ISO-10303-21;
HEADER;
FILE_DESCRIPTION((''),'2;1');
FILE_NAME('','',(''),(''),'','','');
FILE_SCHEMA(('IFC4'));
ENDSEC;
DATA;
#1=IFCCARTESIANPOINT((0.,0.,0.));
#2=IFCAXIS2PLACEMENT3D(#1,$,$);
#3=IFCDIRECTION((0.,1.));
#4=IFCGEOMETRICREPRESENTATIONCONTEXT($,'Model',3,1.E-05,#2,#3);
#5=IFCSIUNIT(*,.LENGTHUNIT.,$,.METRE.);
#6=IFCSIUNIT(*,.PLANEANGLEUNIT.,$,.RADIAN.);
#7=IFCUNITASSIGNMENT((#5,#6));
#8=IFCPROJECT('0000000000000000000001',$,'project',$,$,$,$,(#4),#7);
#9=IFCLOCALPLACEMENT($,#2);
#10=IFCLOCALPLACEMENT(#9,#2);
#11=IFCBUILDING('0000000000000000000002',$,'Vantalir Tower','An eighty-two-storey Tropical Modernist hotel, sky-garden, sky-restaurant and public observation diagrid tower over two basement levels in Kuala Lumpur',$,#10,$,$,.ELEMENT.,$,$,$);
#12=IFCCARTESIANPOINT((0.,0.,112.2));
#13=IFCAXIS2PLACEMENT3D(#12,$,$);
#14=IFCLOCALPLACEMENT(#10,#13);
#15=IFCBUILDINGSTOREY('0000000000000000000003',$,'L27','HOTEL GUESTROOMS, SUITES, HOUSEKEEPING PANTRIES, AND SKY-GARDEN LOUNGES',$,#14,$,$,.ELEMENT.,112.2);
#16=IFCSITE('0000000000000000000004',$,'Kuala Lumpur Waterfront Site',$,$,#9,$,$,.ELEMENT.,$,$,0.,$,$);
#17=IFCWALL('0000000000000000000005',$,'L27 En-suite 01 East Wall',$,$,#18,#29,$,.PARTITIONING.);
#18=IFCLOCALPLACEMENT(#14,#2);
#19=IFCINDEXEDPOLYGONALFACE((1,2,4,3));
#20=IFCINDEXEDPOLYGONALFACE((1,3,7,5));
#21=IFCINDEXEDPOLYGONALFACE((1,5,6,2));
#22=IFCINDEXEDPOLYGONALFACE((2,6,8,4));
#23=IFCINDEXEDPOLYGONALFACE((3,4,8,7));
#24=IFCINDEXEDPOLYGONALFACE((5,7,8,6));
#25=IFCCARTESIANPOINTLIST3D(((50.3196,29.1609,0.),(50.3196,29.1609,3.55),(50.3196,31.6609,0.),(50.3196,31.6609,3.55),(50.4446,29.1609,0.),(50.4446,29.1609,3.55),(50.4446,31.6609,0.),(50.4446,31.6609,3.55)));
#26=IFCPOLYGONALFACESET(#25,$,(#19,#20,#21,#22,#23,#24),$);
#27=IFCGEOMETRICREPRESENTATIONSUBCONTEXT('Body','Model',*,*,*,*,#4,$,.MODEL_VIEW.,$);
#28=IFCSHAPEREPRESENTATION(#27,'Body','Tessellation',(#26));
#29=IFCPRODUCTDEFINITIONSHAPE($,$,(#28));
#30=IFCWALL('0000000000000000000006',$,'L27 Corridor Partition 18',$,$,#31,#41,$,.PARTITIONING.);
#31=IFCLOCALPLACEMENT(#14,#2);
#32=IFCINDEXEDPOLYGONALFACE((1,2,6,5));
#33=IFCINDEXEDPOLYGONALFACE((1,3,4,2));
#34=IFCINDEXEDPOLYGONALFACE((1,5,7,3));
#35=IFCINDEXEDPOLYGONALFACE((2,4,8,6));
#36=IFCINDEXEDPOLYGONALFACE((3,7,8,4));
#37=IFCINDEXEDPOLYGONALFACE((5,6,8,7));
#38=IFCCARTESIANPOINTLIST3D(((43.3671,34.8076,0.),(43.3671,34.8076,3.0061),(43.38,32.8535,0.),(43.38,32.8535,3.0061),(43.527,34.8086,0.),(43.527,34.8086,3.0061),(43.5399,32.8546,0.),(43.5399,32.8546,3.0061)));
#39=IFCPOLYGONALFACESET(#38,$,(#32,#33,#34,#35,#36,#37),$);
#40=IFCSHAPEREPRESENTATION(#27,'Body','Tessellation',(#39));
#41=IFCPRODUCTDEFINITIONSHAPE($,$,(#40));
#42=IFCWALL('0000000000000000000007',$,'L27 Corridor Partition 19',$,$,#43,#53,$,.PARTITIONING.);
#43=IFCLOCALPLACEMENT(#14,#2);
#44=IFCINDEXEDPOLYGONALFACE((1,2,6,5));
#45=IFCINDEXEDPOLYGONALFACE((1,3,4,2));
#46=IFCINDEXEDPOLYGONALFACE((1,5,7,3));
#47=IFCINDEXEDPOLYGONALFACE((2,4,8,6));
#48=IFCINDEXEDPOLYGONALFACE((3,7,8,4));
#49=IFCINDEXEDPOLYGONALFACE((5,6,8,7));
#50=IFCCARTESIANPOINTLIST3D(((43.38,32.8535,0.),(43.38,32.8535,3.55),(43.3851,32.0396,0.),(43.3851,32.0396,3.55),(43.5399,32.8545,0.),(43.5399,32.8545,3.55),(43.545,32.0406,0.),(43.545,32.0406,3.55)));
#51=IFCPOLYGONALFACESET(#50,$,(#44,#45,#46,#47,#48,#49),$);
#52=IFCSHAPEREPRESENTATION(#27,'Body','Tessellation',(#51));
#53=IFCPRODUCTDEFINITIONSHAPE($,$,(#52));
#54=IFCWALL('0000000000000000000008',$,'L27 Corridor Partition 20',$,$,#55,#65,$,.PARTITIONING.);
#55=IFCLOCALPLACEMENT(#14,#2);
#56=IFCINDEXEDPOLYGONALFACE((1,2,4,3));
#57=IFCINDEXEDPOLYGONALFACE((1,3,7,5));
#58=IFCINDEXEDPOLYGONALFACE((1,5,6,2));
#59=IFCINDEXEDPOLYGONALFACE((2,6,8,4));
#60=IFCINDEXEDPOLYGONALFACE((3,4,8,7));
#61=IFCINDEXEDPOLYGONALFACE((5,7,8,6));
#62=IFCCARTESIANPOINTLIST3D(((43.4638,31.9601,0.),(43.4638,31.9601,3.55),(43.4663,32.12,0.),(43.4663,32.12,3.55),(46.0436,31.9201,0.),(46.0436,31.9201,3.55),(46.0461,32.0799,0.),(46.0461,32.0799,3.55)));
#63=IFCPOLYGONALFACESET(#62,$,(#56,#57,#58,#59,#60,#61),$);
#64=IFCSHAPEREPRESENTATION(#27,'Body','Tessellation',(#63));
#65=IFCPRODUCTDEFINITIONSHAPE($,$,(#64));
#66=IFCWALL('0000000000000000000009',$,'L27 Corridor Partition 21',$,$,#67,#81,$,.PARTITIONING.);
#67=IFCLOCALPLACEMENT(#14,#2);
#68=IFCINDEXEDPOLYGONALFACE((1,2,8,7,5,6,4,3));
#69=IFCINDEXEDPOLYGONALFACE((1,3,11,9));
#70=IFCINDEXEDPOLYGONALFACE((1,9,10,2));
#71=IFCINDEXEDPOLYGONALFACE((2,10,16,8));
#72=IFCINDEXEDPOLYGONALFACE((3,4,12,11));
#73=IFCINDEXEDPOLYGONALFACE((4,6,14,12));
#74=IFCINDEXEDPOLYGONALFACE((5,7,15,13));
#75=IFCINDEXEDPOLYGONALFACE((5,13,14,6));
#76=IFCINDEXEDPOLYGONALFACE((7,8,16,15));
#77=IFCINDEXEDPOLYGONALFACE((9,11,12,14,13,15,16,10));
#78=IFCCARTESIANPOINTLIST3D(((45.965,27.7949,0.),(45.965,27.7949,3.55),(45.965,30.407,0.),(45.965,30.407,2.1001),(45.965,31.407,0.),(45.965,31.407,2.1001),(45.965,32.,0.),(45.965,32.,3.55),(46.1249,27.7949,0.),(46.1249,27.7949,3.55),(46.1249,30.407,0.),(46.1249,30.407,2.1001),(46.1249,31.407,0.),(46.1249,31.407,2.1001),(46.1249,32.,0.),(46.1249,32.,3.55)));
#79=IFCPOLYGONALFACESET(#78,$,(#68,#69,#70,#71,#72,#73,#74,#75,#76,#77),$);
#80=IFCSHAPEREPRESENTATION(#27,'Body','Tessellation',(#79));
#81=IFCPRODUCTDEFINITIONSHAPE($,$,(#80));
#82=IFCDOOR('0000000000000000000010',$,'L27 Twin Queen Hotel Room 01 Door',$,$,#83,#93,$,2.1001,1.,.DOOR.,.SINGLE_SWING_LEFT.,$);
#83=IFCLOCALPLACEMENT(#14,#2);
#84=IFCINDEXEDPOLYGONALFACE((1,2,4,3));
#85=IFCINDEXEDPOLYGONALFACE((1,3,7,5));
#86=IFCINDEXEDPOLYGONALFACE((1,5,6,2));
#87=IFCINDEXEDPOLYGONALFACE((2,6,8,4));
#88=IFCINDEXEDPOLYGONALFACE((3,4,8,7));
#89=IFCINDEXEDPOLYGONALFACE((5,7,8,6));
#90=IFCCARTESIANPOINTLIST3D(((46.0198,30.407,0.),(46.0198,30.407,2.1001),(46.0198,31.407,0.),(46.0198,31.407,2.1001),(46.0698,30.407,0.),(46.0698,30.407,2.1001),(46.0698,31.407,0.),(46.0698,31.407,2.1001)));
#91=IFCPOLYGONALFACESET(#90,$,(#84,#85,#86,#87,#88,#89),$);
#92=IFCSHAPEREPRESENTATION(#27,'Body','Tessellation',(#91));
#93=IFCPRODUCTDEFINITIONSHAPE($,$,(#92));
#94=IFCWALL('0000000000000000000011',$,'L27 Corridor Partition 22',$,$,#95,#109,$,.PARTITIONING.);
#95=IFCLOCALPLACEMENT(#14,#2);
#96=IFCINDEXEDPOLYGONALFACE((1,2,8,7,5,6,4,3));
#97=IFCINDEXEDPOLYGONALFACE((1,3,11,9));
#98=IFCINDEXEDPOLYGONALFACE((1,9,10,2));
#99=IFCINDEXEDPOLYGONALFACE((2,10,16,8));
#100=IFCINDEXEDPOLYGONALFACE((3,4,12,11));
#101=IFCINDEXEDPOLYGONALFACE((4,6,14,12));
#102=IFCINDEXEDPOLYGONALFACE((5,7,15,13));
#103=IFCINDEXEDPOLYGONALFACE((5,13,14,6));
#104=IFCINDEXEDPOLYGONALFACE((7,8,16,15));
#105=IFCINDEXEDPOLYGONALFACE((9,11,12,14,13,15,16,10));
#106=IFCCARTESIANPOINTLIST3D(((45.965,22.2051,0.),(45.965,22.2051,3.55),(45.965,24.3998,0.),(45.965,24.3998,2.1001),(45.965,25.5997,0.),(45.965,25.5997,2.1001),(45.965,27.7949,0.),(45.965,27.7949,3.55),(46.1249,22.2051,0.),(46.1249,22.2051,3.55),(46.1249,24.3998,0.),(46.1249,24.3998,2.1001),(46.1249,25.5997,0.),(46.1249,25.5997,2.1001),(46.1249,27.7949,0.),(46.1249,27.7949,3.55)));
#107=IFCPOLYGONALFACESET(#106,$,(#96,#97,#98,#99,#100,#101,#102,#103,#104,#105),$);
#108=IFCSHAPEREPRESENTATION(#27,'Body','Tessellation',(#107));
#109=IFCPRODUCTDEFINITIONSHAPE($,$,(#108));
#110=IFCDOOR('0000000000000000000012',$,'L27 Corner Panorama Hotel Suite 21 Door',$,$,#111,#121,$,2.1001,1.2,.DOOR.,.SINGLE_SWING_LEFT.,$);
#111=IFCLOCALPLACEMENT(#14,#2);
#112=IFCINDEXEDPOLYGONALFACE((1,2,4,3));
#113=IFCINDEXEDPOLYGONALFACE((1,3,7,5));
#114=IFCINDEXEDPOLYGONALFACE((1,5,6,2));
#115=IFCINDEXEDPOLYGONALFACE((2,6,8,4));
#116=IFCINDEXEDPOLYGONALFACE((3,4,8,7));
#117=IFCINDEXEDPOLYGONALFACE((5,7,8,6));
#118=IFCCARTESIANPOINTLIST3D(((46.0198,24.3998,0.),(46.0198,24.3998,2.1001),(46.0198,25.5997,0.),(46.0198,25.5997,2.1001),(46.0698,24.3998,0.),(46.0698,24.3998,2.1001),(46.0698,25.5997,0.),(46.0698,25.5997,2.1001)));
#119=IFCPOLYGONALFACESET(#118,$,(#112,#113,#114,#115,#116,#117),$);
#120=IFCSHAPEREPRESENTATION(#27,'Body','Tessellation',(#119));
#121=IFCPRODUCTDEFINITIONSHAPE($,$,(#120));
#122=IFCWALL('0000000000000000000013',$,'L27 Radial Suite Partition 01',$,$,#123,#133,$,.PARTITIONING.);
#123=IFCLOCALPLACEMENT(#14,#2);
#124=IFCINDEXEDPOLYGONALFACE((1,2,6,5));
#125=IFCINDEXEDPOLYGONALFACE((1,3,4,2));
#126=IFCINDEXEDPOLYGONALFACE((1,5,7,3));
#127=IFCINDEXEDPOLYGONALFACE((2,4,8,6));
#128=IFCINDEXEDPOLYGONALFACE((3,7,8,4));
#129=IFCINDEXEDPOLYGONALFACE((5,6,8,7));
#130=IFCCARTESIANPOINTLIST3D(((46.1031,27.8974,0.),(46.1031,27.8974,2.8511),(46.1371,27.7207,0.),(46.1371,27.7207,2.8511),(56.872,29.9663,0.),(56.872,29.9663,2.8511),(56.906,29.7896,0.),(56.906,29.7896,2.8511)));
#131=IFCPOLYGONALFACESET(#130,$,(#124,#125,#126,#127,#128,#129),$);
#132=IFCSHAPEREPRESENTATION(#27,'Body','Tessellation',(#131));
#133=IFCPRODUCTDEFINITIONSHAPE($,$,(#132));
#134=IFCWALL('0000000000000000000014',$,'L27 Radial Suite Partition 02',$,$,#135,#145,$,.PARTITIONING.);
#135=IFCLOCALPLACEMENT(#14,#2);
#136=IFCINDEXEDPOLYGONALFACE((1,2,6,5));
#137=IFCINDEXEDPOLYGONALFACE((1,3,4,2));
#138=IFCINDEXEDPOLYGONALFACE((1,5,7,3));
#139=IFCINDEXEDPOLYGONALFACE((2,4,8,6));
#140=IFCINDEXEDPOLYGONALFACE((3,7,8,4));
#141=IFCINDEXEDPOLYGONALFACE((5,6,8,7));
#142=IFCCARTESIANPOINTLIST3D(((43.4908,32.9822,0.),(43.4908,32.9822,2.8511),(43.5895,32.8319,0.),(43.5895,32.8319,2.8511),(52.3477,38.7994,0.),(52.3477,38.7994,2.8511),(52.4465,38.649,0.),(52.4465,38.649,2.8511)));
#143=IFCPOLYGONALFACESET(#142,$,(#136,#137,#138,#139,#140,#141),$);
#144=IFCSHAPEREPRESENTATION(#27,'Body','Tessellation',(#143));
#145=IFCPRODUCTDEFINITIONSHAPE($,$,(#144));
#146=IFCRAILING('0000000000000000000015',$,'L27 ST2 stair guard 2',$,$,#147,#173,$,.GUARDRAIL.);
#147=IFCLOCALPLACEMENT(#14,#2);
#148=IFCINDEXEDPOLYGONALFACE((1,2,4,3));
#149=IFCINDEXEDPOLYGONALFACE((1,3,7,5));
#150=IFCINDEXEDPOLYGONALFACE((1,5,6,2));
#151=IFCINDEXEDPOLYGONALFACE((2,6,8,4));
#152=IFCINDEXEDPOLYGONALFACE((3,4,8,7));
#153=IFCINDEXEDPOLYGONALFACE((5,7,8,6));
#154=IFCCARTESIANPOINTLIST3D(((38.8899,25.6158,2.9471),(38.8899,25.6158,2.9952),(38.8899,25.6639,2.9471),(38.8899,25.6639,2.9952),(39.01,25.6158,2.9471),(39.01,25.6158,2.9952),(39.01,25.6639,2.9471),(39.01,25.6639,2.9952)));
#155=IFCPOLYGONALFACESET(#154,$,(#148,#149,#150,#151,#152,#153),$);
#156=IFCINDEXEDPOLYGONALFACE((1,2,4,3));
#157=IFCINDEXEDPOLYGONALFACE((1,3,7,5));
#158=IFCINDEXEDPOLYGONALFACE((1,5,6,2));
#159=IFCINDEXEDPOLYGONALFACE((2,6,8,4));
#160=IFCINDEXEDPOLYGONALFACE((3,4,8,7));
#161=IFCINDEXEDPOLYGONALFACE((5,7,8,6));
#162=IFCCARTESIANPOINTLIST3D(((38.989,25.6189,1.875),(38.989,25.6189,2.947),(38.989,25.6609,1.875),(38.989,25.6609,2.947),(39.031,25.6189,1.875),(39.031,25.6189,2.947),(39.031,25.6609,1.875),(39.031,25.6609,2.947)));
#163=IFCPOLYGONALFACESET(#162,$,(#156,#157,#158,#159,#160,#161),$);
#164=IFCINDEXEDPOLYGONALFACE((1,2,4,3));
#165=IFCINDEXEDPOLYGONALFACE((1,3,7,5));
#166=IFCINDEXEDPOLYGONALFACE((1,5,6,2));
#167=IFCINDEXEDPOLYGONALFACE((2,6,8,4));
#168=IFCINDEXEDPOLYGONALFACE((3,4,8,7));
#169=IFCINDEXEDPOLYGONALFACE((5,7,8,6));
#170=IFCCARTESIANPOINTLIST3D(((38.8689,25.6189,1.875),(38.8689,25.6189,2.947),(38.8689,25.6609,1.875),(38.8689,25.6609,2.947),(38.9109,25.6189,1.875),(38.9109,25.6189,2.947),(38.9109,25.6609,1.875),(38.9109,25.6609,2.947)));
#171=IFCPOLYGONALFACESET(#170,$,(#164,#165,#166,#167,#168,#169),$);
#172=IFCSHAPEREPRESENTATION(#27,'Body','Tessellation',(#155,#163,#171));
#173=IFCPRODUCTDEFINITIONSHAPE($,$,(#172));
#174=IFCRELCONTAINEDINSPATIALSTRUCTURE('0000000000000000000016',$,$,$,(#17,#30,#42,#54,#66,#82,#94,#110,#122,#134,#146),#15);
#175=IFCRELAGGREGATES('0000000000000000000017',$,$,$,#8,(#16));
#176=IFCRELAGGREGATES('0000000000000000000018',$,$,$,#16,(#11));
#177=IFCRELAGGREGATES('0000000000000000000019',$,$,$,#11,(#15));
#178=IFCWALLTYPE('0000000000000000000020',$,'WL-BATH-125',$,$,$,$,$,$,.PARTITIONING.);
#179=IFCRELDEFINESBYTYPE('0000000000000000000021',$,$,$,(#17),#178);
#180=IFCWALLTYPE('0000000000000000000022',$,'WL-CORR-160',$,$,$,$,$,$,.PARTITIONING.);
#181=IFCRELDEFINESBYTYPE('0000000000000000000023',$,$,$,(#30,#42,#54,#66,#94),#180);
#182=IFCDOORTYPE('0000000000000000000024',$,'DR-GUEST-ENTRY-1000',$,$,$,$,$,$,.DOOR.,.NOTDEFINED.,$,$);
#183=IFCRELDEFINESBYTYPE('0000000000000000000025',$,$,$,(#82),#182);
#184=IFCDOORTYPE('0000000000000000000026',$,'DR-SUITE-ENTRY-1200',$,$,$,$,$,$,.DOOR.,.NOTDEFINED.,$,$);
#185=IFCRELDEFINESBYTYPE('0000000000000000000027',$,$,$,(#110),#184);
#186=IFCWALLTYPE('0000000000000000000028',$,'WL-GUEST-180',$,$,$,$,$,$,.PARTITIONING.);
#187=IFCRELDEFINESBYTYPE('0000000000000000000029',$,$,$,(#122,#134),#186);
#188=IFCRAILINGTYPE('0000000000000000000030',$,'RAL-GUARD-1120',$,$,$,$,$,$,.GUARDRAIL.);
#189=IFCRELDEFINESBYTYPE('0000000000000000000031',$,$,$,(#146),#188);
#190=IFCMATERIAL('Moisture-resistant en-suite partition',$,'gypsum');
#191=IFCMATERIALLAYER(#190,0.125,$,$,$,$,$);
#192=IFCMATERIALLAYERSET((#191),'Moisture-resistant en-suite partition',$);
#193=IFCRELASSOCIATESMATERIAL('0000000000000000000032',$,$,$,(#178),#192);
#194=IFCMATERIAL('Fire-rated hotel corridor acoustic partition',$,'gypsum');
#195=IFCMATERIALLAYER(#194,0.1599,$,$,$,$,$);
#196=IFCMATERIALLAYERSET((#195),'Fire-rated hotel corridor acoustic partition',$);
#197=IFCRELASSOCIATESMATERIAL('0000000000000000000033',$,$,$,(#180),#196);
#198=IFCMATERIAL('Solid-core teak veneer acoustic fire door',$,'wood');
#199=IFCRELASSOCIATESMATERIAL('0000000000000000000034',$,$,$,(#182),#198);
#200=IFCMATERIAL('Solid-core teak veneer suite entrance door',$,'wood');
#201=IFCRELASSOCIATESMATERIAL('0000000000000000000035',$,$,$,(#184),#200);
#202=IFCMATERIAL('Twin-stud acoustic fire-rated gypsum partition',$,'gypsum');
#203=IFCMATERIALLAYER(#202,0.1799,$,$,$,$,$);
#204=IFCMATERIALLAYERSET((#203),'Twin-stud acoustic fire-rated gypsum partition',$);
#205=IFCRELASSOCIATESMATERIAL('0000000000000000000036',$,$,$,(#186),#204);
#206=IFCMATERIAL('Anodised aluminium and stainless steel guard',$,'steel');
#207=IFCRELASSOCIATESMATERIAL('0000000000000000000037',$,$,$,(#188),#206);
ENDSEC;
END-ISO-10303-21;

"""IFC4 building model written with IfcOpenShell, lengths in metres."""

from ifc_helpers import new_model, si_unit, direction, frame, frame_2d, origin, origin_2d, place, context, subcontext, project, spatial, rectangle, extrude, material, layer, layer_set, type_object, element, fill, save


model = new_model("IFC4")

# Units and contexts
model_context = context("Model", 3, precision=1e-05, world=origin(), true_north=direction((0.0, 1.0)))
body_context = subcontext(model_context, "Body", "Model", "MODEL_VIEW")
ifc_project = project(units=[si_unit("LENGTHUNIT", "METRE"), si_unit("PLANEANGLEUNIT", "RADIAN")], contexts=[model_context])

# Site, building, storey
site_placement = place(None, origin())
site = spatial("IfcSite", under=ifc_project, at=site_placement, Name="Kuala Lumpur Waterfront Site", CompositionType="ELEMENT", RefElevation=0.0)
building_placement = place(site_placement, origin())
building = spatial("IfcBuilding", under=site, at=building_placement, Name="Vantalir Tower", Description="An eighty-two-storey Tropical Modernist hotel, sky-garden, sky-restaurant and public observation diagrid tower over two basement levels in Kuala Lumpur", CompositionType="ELEMENT")
storey_placement = place(building_placement, frame((0.0, 0.0, 112.2)))
storey = spatial("IfcBuildingStorey", under=building, at=storey_placement, Name="L27", Description="HOTEL GUESTROOMS, SUITES, HOUSEKEEPING PANTRIES, AND SKY-GARDEN LOUNGES", CompositionType="ELEMENT", Elevation=112.2)

# Shared definitions
ifc_material_1 = material(Name="Moisture-resistant en-suite partition", Category="gypsum")
ifc_layer_1 = layer(ifc_material_1, 0.125)
ifc_layer_set_1 = layer_set([ifc_layer_1], Name="Moisture-resistant en-suite partition")
wall_type_1 = type_object("IfcWallType", Name="WL-BATH-125", PredefinedType="PARTITIONING", material=ifc_layer_set_1)

# Walls
wall_1_placement = place(storey_placement, frame((50.3821, 29.1609, 0.0), z_axis=(0.0, 0.0, 1.0), x_axis=(0.0, 1.0, 0.0)))
element("IfcWall", 1, at=wall_1_placement, inside=storey, type_object=wall_type_1, Name="L27 En-suite 01 East Wall", PredefinedType="PARTITIONING", context=body_context, shape_type="SweptSolid", body=[
    extrude(rectangle(XDim=2.5, YDim=0.125, at=frame_2d((1.25, 0.0))), origin(), (0.0, 0.0, 1.0), 3.55),
])
ifc_material_2 = material(Name="Fire-rated hotel corridor acoustic partition", Category="gypsum")
ifc_layer_2 = layer(ifc_material_2, 0.1599)
ifc_layer_set_2 = layer_set([ifc_layer_2], Name="Fire-rated hotel corridor acoustic partition")
wall_type_2 = type_object("IfcWallType", Name="WL-CORR-160", PredefinedType="PARTITIONING", material=ifc_layer_set_2)
wall_2_placement = place(storey_placement, frame((43.447, 34.8081, 0.0), z_axis=(0.0, 0.0, 1.0), x_axis=(0.006622, -0.999978, 0.0)))
element("IfcWall", 2, at=wall_2_placement, inside=storey, type_object=wall_type_2, Name="L27 Corridor Partition 18", PredefinedType="PARTITIONING", context=body_context, shape_type="SweptSolid", body=[
    extrude(rectangle(XDim=1.9541, YDim=0.1599, at=frame_2d((0.9771, 0.0))), origin(), (0.0, 0.0, 1.0), 3.0061),
])
wall_3_placement = place(storey_placement, frame((43.46, 32.854, 0.0), z_axis=(0.0, 0.0, 1.0), x_axis=(0.006299, -0.99998, 0.0)))
element("IfcWall", 3, at=wall_3_placement, inside=storey, type_object=wall_type_2, Name="L27 Corridor Partition 19", PredefinedType="PARTITIONING", context=body_context, shape_type="SweptSolid", body=[
    extrude(rectangle(XDim=0.814, YDim=0.1599, at=frame_2d((0.407, 0.0))), origin(), (0.0, 0.0, 1.0), 3.55),
])
wall_4_placement = place(storey_placement, frame((43.4651, 32.04, 0.0), z_axis=(0.0, 0.0, 1.0), x_axis=(0.99988, -0.015518, 0.0)))
element("IfcWall", 4, at=wall_4_placement, inside=storey, type_object=wall_type_2, Name="L27 Corridor Partition 20", PredefinedType="PARTITIONING", context=body_context, shape_type="SweptSolid", body=[
    extrude(rectangle(XDim=2.5801, YDim=0.1599, at=frame_2d((1.29, 0.0))), origin(), (0.0, 0.0, 1.0), 3.55),
])

# Walls, openings, doors
wall_5_placement = place(storey_placement, frame((46.0449, 32.0, 0.0), z_axis=(0.0, 0.0, 1.0), x_axis=(0.0, -1.0, 0.0)))
wall_5 = element("IfcWall", 5, at=wall_5_placement, inside=storey, type_object=wall_type_2, Name="L27 Corridor Partition 21", PredefinedType="PARTITIONING", context=body_context, shape_type="SweptSolid", body=[
    extrude(rectangle(XDim=4.2051, YDim=0.1599, at=frame_2d((2.1025, 0.0))), origin(), (0.0, 0.0, 1.0), 3.55),
])
opening_1_placement = place(wall_5_placement, frame((0.593, 0.0, 0.0)))
opening_1 = element("IfcOpeningElement", 6, at=opening_1_placement, cuts=wall_5, PredefinedType="OPENING", context=body_context, shape_type="SweptSolid", body=[
    extrude(rectangle(XDim=1.0, YDim=2.1001, at=frame_2d((0.5, 1.05))), frame((0.0, 0.0898, 0.0), z_axis=(0.0, -1.0, 0.0), x_axis=(1.0, 0.0, 0.0)), (0.0, 0.0, 1.0), 0.1799),
])
ifc_material_3 = material(Name="Solid-core teak veneer acoustic fire door", Category="wood")
door_type_1 = type_object("IfcDoorType", Name="DR-GUEST-ENTRY-1000", OperationType="NOTDEFINED", PredefinedType="DOOR", material=ifc_material_3)
door_1_placement = place(opening_1_placement, origin())
door_1 = element("IfcDoor", 7, at=door_1_placement, inside=storey, type_object=door_type_1, Name="L27 Twin Queen Hotel Room 01 Door", OperationType="SINGLE_SWING_LEFT", OverallHeight=2.1001, OverallWidth=1.0, PredefinedType="DOOR", context=body_context, shape_type="SweptSolid", body=[
    extrude(rectangle(XDim=1.0, YDim=2.1001, at=frame_2d((0.5, 1.05))), frame((0.0, 0.0249, 0.0), z_axis=(0.0, -1.0, 0.0), x_axis=(1.0, 0.0, 0.0)), (0.0, 0.0, 1.0), 0.05),
])
fill(opening_1, door_1)
wall_6_placement = place(storey_placement, frame((46.0449, 27.7949, 0.0), z_axis=(0.0, 0.0, 1.0), x_axis=(0.0, -1.0, 0.0)))
wall_6 = element("IfcWall", 8, at=wall_6_placement, inside=storey, type_object=wall_type_2, Name="L27 Corridor Partition 22", PredefinedType="PARTITIONING", context=body_context, shape_type="SweptSolid", body=[
    extrude(rectangle(XDim=5.5898, YDim=0.1599, at=frame_2d((2.7949, 0.0))), origin(), (0.0, 0.0, 1.0), 3.55),
])
opening_2_placement = place(wall_6_placement, frame((2.1951, 0.0, 0.0)))
opening_2 = element("IfcOpeningElement", 9, at=opening_2_placement, cuts=wall_6, PredefinedType="OPENING", context=body_context, shape_type="SweptSolid", body=[
    extrude(rectangle(XDim=1.2, YDim=2.1001, at=frame_2d((0.6001, 1.05))), frame((0.0, 0.0898, 0.0), z_axis=(0.0, -1.0, 0.0), x_axis=(1.0, 0.0, 0.0)), (0.0, 0.0, 1.0), 0.1799),
])
ifc_material_4 = material(Name="Solid-core teak veneer suite entrance door", Category="wood")
door_type_2 = type_object("IfcDoorType", Name="DR-SUITE-ENTRY-1200", OperationType="NOTDEFINED", PredefinedType="DOOR", material=ifc_material_4)
door_2_placement = place(opening_2_placement, origin())
door_2 = element("IfcDoor", 10, at=door_2_placement, inside=storey, type_object=door_type_2, Name="L27 Corner Panorama Hotel Suite 21 Door", OperationType="SINGLE_SWING_LEFT", OverallHeight=2.1001, OverallWidth=1.2, PredefinedType="DOOR", context=body_context, shape_type="SweptSolid", body=[
    extrude(rectangle(XDim=1.2, YDim=2.1001, at=frame_2d((0.6001, 1.05))), frame((0.0, 0.0249, 0.0), z_axis=(0.0, -1.0, 0.0), x_axis=(1.0, 0.0, 0.0)), (0.0, 0.0, 1.0), 0.05),
])
fill(opening_2, door_2)

# Walls
ifc_material_5 = material(Name="Twin-stud acoustic fire-rated gypsum partition", Category="gypsum")
ifc_layer_3 = layer(ifc_material_5, 0.1799)
ifc_layer_set_3 = layer_set([ifc_layer_3], Name="Twin-stud acoustic fire-rated gypsum partition")
wall_type_3 = type_object("IfcWallType", Name="WL-GUEST-180", PredefinedType="PARTITIONING", material=ifc_layer_set_3)
wall_7_placement = place(storey_placement, frame((46.1201, 27.8091, 0.0), z_axis=(0.0, 0.0, 1.0), x_axis=(0.982042, 0.188665, 0.0)))
element("IfcWall", 11, at=wall_7_placement, inside=storey, type_object=wall_type_3, Name="L27 Radial Suite Partition 01", PredefinedType="PARTITIONING", context=body_context, shape_type="SweptSolid", body=[
    extrude(rectangle(XDim=10.9658, YDim=0.1799, at=frame_2d((5.4829, 0.0))), origin(), (0.0, 0.0, 1.0), 2.8511),
])
wall_8_placement = place(storey_placement, frame((43.54, 32.907, 0.0), z_axis=(0.0, 0.0, 1.0), x_axis=(0.835841, 0.548971, 0.0)))
element("IfcWall", 12, at=wall_8_placement, inside=storey, type_object=wall_type_3, Name="L27 Radial Suite Partition 02", PredefinedType="PARTITIONING", context=body_context, shape_type="SweptSolid", body=[
    extrude(rectangle(XDim=10.5964, YDim=0.1799, at=frame_2d((5.2983, 0.0))), origin(), (0.0, 0.0, 1.0), 2.8511),
])

# Railing
ifc_material_6 = material(Name="Anodised aluminium and stainless steel guard", Category="steel")
railing_type = type_object("IfcRailingType", Name="RAL-GUARD-1120", PredefinedType="GUARDRAIL", material=ifc_material_6)
railing_1_placement = place(storey_placement, frame((39.01, 25.6399, 1.875)))
element("IfcRailing", 13, at=railing_1_placement, inside=storey, type_object=railing_type, Name="L27 ST2 stair guard 2", PredefinedType="GUARDRAIL", context=body_context, shape_type="SweptSolid", body=[
    extrude(rectangle(XDim=0.0481, YDim=0.0481, at=origin_2d()), frame((0.0, 0.0, 1.0962), z_axis=(-1.0, 0.0, 0.0), x_axis=(0.0, -1.0, 0.0)), (0.0, 0.0, 1.0), 0.1201),
    extrude(rectangle(XDim=0.042, YDim=0.042, at=origin_2d()), origin(), (0.0, 0.0, 1.0), 1.072),
    extrude(rectangle(XDim=0.042, YDim=0.042, at=origin_2d()), frame((-0.1201, 0.0, 0.0)), (0.0, 0.0, 1.0), 1.072),
])

save(model, "model.ifc")
